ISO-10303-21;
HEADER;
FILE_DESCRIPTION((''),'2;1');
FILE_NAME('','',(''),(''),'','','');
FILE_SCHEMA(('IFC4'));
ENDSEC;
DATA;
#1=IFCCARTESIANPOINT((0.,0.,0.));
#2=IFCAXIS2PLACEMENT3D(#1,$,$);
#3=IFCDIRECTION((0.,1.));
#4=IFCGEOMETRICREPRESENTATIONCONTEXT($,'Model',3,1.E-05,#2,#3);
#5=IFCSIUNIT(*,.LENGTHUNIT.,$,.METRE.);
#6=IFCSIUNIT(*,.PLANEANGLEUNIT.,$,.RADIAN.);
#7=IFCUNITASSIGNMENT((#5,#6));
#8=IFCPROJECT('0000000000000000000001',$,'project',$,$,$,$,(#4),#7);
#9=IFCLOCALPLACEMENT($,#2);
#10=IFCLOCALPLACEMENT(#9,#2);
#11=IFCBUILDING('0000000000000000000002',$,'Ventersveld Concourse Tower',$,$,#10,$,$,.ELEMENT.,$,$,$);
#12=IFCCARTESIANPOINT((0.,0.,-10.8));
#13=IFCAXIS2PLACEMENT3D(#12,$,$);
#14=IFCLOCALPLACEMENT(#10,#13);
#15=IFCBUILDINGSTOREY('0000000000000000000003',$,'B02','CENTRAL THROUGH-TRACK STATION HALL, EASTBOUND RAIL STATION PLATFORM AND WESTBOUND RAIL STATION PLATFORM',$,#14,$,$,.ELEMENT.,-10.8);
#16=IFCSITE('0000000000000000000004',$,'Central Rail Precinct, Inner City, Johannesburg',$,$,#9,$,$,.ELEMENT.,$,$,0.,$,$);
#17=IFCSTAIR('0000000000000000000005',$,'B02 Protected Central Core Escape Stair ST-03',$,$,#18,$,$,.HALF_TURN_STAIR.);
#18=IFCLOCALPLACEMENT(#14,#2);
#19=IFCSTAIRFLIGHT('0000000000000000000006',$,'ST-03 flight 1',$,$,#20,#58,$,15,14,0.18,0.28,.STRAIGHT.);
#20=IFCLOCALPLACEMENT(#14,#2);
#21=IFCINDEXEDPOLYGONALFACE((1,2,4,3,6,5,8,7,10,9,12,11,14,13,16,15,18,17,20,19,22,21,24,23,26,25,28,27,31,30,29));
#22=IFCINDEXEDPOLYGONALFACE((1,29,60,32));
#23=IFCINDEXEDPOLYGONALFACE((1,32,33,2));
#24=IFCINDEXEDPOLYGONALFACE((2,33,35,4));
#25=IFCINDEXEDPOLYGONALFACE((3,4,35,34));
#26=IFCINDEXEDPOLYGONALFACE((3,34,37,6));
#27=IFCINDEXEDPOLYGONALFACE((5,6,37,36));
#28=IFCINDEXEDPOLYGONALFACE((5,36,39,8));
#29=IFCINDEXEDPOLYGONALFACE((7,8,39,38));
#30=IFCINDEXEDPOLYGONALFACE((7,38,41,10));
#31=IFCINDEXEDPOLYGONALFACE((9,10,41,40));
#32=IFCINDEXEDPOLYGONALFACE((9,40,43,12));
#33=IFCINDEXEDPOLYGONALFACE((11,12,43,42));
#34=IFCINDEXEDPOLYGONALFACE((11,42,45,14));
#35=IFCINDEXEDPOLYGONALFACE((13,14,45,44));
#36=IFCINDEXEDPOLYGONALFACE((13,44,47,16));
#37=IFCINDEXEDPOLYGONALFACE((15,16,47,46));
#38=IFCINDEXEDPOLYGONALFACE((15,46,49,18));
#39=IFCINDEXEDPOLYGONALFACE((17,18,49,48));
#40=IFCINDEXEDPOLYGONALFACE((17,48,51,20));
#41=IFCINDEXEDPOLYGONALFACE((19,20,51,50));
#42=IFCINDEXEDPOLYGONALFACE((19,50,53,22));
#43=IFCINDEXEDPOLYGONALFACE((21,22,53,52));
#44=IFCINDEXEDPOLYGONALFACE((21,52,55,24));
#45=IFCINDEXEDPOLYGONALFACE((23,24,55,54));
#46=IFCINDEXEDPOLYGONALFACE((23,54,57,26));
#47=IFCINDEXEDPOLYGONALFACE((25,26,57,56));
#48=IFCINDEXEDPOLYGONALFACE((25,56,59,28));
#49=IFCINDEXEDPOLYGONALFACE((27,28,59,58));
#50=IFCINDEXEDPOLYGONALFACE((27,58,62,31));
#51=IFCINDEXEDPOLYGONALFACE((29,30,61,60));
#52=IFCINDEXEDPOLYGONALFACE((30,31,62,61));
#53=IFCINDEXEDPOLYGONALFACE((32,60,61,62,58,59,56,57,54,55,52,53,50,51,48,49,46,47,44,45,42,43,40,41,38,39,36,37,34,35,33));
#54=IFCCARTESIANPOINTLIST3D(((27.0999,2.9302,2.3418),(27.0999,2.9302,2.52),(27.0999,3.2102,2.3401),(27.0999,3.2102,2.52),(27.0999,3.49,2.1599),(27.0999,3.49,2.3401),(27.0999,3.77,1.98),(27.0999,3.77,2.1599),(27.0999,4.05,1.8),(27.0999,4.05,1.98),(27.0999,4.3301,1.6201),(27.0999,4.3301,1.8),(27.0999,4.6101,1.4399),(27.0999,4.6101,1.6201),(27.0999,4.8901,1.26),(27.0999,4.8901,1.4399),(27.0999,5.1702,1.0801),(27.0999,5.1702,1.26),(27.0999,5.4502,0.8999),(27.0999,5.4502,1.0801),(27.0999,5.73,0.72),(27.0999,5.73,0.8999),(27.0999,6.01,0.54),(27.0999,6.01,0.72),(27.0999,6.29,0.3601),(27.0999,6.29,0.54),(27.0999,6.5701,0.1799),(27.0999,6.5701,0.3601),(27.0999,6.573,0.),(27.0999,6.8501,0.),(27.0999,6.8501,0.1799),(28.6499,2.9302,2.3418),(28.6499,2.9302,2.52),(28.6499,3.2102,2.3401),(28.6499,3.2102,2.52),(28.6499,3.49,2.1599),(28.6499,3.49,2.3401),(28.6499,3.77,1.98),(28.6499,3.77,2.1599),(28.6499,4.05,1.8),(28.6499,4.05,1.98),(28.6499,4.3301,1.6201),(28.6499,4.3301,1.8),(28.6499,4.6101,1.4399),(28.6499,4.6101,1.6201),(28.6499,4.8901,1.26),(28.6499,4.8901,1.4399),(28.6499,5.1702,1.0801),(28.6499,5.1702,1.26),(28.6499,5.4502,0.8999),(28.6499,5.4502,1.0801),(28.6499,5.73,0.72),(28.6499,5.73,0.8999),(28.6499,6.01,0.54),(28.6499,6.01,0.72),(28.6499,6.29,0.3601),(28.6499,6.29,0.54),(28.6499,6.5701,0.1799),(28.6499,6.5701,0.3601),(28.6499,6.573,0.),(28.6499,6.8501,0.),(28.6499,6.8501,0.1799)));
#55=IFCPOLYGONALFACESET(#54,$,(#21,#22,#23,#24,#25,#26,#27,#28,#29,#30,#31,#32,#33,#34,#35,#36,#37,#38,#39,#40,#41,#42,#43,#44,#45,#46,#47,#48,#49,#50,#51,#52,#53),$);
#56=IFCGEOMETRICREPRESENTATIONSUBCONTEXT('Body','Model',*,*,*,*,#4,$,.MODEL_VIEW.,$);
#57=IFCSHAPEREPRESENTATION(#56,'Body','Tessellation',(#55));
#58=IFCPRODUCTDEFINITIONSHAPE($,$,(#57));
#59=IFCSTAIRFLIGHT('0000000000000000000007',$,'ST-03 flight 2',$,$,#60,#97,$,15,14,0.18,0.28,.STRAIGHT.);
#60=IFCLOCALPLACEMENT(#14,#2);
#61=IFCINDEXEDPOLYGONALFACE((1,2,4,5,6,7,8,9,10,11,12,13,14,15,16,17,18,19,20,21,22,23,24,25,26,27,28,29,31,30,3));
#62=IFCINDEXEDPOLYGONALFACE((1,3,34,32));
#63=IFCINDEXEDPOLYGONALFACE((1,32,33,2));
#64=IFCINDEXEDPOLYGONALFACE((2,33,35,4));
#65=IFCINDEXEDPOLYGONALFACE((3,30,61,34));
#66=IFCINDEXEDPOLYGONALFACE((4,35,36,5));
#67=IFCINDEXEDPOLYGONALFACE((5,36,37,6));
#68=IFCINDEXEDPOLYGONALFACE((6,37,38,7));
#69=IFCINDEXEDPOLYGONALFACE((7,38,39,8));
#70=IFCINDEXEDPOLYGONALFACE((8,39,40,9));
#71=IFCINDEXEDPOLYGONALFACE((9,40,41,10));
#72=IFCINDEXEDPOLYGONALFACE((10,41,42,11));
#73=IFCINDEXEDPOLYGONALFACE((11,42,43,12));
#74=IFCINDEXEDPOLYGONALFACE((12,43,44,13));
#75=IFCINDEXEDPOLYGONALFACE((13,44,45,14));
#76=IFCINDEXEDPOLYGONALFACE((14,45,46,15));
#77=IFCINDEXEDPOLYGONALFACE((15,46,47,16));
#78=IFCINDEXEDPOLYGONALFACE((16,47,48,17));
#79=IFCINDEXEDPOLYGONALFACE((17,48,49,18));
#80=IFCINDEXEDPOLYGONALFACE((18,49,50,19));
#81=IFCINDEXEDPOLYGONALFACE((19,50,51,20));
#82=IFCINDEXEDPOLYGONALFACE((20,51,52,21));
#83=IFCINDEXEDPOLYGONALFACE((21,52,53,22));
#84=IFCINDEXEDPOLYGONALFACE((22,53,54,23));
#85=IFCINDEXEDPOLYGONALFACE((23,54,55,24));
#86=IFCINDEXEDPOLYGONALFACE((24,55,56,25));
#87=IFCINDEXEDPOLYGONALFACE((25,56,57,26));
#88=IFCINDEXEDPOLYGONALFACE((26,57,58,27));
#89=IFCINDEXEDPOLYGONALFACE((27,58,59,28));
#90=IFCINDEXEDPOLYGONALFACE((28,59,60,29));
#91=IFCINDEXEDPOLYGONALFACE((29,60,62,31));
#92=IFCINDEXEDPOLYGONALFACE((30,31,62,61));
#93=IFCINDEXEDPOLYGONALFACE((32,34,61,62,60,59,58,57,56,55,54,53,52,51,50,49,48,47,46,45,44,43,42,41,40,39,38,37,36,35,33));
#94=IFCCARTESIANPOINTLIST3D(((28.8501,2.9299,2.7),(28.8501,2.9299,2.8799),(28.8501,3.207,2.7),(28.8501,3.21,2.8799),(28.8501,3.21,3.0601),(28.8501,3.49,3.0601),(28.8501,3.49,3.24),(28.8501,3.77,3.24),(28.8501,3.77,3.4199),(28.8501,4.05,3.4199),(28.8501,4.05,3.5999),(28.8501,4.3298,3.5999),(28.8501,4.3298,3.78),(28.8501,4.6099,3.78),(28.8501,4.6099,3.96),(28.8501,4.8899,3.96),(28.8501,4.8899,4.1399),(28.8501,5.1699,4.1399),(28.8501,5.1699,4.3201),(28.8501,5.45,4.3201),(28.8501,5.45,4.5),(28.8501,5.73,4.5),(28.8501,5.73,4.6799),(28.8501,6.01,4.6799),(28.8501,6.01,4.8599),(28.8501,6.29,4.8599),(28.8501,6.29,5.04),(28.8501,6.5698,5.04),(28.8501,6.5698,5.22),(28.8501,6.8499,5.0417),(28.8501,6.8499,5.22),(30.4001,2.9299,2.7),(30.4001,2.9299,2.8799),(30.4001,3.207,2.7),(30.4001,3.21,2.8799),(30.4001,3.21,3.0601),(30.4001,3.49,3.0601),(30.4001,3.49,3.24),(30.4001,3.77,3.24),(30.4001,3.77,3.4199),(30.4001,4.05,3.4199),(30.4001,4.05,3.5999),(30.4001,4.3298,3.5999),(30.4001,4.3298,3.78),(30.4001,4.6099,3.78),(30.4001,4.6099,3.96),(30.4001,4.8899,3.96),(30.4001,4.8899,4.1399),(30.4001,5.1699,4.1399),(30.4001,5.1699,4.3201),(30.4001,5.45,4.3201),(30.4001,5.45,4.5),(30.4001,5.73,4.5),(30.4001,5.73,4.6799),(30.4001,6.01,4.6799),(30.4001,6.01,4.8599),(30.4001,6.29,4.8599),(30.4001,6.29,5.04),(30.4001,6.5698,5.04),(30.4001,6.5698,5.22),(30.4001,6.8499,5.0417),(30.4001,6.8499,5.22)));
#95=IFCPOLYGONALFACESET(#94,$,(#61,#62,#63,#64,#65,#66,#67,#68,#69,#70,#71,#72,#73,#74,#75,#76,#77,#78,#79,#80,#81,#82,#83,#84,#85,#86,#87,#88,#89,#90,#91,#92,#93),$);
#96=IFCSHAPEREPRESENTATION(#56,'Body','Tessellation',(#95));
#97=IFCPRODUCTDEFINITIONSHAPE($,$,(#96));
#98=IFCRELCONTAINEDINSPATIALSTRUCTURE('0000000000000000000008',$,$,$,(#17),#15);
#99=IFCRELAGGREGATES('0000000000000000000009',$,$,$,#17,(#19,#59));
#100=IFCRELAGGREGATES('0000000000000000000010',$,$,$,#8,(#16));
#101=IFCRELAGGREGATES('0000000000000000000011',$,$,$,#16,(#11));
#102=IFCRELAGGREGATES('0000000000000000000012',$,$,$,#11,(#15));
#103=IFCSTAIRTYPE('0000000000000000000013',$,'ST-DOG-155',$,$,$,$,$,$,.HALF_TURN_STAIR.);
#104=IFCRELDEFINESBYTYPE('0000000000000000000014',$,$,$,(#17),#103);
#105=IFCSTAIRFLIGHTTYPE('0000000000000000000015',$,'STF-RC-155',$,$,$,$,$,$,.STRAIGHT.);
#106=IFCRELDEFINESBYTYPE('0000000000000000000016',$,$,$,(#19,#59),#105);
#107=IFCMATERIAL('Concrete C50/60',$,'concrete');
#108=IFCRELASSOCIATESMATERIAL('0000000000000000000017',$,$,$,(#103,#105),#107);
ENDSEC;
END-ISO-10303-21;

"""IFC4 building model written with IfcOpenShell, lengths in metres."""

from ifc_helpers import new_model, si_unit, direction, frame, origin, place, context, subcontext, project, spatial, polyline, outline, extrude, material, type_object, element, aggregate, save


model = new_model("IFC4")

# Units and contexts
model_context = context("Model", 3, precision=1e-05, world=origin(), true_north=direction((0.0, 1.0)))
body_context = subcontext(model_context, "Body", "Model", "MODEL_VIEW")
ifc_project = project(units=[si_unit("LENGTHUNIT", "METRE"), si_unit("PLANEANGLEUNIT", "RADIAN")], contexts=[model_context])

# Site, building, storey
site_placement = place(None, origin())
site = spatial("IfcSite", under=ifc_project, at=site_placement, Name="Central Rail Precinct, Inner City, Johannesburg", CompositionType="ELEMENT", RefElevation=0.0)
building_placement = place(site_placement, origin())
building = spatial("IfcBuilding", under=site, at=building_placement, Name="Ventersveld Concourse Tower", CompositionType="ELEMENT")
storey_placement = place(building_placement, frame((0.0, 0.0, -10.8)))
storey = spatial("IfcBuildingStorey", under=building, at=storey_placement, Name="B02", Description="CENTRAL THROUGH-TRACK STATION HALL, EASTBOUND RAIL STATION PLATFORM AND WESTBOUND RAIL STATION PLATFORM", CompositionType="ELEMENT", Elevation=-10.8)

# Shared definitions
ifc_material_1 = material(Name="Concrete C50/60", Category="concrete")

# Stair, stair flights
stair_type = type_object("IfcStairType", Name="ST-DOG-155", PredefinedType="HALF_TURN_STAIR", material=ifc_material_1)
stair_placement = place(storey_placement, origin())
stair = element("IfcStair", 1, at=stair_placement, inside=storey, type_object=stair_type, Name="B02 Protected Central Core Escape Stair ST-03", PredefinedType="HALF_TURN_STAIR")
stair_flight_type = type_object("IfcStairFlightType", Name="STF-RC-155", PredefinedType="STRAIGHT", material=ifc_material_1)
stair_flight_1_placement = place(storey_placement, frame((27.875, 6.8501, 0.0), z_axis=(0.0, 0.0, 1.0), x_axis=(0.0, -1.0, 0.0)))
stair_flight_1 = element("IfcStairFlight", 2, at=stair_flight_1_placement, type_object=stair_flight_type, Name="ST-03 flight 1", NumberOfRisers=15, NumberOfTreads=14, PredefinedType="STRAIGHT", RiserHeight=0.18, TreadLength=0.28, context=body_context, shape_type="SweptSolid", body=[
    extrude(outline(polyline([(0.0, 0.0), (0.0, 0.1799), (0.28, 0.1799), (0.28, 0.3601), (0.5601, 0.3601), (0.5601, 0.54), (0.8401, 0.54), (0.8401, 0.72), (1.1201, 0.72), (1.1201, 0.8999), (1.3999, 0.8999), (1.3999, 1.0801), (1.6799, 1.0801), (1.6799, 1.26), (1.96, 1.26), (1.96, 1.4399), (2.24, 1.4399), (2.24, 1.6201), (2.52, 1.6201), (2.52, 1.8), (2.8, 1.8), (2.8, 1.98), (3.0801, 1.98), (3.0801, 2.1599), (3.3601, 2.1599), (3.3601, 2.3401), (3.6399, 2.3401), (3.6399, 2.52), (3.9199, 2.52), (3.9199, 2.7), (3.9199, 2.3418), (0.2771, 0.0), (0.0, 0.0)])), frame((0.0, 0.7749, 0.0), z_axis=(0.0, -1.0, 0.0), x_axis=(1.0, 0.0, 0.0)), (0.0, 0.0, 1.0), 1.55),
])
stair_flight_2_placement = place(storey_placement, frame((29.625, 2.9299, 2.7), z_axis=(0.0, 0.0, 1.0), x_axis=(0.0, 1.0, 0.0)))
stair_flight_2 = element("IfcStairFlight", 3, at=stair_flight_2_placement, type_object=stair_flight_type, Name="ST-03 flight 2", NumberOfRisers=15, NumberOfTreads=14, PredefinedType="STRAIGHT", RiserHeight=0.18, TreadLength=0.28, context=body_context, shape_type="SweptSolid", body=[
    extrude(outline(polyline([(0.0, 0.0), (0.0, 0.1799), (0.28, 0.1799), (0.28, 0.3601), (0.5601, 0.3601), (0.5601, 0.54), (0.8401, 0.54), (0.8401, 0.72), (1.1201, 0.72), (1.1201, 0.8999), (1.3999, 0.8999), (1.3999, 1.0801), (1.6799, 1.0801), (1.6799, 1.26), (1.96, 1.26), (1.96, 1.4399), (2.24, 1.4399), (2.24, 1.6201), (2.52, 1.6201), (2.52, 1.8), (2.8, 1.8), (2.8, 1.98), (3.0801, 1.98), (3.0801, 2.1599), (3.3601, 2.1599), (3.3601, 2.3401), (3.6399, 2.3401), (3.6399, 2.52), (3.9199, 2.52), (3.9199, 2.7), (3.9199, 2.3418), (0.2771, 0.0), (0.0, 0.0)])), frame((0.0, 0.7749, 0.0), z_axis=(0.0, -1.0, 0.0), x_axis=(1.0, 0.0, 0.0)), (0.0, 0.0, 1.0), 1.55),
])
aggregate(stair, [stair_flight_1, stair_flight_2])

save(model, "model.ifc")
